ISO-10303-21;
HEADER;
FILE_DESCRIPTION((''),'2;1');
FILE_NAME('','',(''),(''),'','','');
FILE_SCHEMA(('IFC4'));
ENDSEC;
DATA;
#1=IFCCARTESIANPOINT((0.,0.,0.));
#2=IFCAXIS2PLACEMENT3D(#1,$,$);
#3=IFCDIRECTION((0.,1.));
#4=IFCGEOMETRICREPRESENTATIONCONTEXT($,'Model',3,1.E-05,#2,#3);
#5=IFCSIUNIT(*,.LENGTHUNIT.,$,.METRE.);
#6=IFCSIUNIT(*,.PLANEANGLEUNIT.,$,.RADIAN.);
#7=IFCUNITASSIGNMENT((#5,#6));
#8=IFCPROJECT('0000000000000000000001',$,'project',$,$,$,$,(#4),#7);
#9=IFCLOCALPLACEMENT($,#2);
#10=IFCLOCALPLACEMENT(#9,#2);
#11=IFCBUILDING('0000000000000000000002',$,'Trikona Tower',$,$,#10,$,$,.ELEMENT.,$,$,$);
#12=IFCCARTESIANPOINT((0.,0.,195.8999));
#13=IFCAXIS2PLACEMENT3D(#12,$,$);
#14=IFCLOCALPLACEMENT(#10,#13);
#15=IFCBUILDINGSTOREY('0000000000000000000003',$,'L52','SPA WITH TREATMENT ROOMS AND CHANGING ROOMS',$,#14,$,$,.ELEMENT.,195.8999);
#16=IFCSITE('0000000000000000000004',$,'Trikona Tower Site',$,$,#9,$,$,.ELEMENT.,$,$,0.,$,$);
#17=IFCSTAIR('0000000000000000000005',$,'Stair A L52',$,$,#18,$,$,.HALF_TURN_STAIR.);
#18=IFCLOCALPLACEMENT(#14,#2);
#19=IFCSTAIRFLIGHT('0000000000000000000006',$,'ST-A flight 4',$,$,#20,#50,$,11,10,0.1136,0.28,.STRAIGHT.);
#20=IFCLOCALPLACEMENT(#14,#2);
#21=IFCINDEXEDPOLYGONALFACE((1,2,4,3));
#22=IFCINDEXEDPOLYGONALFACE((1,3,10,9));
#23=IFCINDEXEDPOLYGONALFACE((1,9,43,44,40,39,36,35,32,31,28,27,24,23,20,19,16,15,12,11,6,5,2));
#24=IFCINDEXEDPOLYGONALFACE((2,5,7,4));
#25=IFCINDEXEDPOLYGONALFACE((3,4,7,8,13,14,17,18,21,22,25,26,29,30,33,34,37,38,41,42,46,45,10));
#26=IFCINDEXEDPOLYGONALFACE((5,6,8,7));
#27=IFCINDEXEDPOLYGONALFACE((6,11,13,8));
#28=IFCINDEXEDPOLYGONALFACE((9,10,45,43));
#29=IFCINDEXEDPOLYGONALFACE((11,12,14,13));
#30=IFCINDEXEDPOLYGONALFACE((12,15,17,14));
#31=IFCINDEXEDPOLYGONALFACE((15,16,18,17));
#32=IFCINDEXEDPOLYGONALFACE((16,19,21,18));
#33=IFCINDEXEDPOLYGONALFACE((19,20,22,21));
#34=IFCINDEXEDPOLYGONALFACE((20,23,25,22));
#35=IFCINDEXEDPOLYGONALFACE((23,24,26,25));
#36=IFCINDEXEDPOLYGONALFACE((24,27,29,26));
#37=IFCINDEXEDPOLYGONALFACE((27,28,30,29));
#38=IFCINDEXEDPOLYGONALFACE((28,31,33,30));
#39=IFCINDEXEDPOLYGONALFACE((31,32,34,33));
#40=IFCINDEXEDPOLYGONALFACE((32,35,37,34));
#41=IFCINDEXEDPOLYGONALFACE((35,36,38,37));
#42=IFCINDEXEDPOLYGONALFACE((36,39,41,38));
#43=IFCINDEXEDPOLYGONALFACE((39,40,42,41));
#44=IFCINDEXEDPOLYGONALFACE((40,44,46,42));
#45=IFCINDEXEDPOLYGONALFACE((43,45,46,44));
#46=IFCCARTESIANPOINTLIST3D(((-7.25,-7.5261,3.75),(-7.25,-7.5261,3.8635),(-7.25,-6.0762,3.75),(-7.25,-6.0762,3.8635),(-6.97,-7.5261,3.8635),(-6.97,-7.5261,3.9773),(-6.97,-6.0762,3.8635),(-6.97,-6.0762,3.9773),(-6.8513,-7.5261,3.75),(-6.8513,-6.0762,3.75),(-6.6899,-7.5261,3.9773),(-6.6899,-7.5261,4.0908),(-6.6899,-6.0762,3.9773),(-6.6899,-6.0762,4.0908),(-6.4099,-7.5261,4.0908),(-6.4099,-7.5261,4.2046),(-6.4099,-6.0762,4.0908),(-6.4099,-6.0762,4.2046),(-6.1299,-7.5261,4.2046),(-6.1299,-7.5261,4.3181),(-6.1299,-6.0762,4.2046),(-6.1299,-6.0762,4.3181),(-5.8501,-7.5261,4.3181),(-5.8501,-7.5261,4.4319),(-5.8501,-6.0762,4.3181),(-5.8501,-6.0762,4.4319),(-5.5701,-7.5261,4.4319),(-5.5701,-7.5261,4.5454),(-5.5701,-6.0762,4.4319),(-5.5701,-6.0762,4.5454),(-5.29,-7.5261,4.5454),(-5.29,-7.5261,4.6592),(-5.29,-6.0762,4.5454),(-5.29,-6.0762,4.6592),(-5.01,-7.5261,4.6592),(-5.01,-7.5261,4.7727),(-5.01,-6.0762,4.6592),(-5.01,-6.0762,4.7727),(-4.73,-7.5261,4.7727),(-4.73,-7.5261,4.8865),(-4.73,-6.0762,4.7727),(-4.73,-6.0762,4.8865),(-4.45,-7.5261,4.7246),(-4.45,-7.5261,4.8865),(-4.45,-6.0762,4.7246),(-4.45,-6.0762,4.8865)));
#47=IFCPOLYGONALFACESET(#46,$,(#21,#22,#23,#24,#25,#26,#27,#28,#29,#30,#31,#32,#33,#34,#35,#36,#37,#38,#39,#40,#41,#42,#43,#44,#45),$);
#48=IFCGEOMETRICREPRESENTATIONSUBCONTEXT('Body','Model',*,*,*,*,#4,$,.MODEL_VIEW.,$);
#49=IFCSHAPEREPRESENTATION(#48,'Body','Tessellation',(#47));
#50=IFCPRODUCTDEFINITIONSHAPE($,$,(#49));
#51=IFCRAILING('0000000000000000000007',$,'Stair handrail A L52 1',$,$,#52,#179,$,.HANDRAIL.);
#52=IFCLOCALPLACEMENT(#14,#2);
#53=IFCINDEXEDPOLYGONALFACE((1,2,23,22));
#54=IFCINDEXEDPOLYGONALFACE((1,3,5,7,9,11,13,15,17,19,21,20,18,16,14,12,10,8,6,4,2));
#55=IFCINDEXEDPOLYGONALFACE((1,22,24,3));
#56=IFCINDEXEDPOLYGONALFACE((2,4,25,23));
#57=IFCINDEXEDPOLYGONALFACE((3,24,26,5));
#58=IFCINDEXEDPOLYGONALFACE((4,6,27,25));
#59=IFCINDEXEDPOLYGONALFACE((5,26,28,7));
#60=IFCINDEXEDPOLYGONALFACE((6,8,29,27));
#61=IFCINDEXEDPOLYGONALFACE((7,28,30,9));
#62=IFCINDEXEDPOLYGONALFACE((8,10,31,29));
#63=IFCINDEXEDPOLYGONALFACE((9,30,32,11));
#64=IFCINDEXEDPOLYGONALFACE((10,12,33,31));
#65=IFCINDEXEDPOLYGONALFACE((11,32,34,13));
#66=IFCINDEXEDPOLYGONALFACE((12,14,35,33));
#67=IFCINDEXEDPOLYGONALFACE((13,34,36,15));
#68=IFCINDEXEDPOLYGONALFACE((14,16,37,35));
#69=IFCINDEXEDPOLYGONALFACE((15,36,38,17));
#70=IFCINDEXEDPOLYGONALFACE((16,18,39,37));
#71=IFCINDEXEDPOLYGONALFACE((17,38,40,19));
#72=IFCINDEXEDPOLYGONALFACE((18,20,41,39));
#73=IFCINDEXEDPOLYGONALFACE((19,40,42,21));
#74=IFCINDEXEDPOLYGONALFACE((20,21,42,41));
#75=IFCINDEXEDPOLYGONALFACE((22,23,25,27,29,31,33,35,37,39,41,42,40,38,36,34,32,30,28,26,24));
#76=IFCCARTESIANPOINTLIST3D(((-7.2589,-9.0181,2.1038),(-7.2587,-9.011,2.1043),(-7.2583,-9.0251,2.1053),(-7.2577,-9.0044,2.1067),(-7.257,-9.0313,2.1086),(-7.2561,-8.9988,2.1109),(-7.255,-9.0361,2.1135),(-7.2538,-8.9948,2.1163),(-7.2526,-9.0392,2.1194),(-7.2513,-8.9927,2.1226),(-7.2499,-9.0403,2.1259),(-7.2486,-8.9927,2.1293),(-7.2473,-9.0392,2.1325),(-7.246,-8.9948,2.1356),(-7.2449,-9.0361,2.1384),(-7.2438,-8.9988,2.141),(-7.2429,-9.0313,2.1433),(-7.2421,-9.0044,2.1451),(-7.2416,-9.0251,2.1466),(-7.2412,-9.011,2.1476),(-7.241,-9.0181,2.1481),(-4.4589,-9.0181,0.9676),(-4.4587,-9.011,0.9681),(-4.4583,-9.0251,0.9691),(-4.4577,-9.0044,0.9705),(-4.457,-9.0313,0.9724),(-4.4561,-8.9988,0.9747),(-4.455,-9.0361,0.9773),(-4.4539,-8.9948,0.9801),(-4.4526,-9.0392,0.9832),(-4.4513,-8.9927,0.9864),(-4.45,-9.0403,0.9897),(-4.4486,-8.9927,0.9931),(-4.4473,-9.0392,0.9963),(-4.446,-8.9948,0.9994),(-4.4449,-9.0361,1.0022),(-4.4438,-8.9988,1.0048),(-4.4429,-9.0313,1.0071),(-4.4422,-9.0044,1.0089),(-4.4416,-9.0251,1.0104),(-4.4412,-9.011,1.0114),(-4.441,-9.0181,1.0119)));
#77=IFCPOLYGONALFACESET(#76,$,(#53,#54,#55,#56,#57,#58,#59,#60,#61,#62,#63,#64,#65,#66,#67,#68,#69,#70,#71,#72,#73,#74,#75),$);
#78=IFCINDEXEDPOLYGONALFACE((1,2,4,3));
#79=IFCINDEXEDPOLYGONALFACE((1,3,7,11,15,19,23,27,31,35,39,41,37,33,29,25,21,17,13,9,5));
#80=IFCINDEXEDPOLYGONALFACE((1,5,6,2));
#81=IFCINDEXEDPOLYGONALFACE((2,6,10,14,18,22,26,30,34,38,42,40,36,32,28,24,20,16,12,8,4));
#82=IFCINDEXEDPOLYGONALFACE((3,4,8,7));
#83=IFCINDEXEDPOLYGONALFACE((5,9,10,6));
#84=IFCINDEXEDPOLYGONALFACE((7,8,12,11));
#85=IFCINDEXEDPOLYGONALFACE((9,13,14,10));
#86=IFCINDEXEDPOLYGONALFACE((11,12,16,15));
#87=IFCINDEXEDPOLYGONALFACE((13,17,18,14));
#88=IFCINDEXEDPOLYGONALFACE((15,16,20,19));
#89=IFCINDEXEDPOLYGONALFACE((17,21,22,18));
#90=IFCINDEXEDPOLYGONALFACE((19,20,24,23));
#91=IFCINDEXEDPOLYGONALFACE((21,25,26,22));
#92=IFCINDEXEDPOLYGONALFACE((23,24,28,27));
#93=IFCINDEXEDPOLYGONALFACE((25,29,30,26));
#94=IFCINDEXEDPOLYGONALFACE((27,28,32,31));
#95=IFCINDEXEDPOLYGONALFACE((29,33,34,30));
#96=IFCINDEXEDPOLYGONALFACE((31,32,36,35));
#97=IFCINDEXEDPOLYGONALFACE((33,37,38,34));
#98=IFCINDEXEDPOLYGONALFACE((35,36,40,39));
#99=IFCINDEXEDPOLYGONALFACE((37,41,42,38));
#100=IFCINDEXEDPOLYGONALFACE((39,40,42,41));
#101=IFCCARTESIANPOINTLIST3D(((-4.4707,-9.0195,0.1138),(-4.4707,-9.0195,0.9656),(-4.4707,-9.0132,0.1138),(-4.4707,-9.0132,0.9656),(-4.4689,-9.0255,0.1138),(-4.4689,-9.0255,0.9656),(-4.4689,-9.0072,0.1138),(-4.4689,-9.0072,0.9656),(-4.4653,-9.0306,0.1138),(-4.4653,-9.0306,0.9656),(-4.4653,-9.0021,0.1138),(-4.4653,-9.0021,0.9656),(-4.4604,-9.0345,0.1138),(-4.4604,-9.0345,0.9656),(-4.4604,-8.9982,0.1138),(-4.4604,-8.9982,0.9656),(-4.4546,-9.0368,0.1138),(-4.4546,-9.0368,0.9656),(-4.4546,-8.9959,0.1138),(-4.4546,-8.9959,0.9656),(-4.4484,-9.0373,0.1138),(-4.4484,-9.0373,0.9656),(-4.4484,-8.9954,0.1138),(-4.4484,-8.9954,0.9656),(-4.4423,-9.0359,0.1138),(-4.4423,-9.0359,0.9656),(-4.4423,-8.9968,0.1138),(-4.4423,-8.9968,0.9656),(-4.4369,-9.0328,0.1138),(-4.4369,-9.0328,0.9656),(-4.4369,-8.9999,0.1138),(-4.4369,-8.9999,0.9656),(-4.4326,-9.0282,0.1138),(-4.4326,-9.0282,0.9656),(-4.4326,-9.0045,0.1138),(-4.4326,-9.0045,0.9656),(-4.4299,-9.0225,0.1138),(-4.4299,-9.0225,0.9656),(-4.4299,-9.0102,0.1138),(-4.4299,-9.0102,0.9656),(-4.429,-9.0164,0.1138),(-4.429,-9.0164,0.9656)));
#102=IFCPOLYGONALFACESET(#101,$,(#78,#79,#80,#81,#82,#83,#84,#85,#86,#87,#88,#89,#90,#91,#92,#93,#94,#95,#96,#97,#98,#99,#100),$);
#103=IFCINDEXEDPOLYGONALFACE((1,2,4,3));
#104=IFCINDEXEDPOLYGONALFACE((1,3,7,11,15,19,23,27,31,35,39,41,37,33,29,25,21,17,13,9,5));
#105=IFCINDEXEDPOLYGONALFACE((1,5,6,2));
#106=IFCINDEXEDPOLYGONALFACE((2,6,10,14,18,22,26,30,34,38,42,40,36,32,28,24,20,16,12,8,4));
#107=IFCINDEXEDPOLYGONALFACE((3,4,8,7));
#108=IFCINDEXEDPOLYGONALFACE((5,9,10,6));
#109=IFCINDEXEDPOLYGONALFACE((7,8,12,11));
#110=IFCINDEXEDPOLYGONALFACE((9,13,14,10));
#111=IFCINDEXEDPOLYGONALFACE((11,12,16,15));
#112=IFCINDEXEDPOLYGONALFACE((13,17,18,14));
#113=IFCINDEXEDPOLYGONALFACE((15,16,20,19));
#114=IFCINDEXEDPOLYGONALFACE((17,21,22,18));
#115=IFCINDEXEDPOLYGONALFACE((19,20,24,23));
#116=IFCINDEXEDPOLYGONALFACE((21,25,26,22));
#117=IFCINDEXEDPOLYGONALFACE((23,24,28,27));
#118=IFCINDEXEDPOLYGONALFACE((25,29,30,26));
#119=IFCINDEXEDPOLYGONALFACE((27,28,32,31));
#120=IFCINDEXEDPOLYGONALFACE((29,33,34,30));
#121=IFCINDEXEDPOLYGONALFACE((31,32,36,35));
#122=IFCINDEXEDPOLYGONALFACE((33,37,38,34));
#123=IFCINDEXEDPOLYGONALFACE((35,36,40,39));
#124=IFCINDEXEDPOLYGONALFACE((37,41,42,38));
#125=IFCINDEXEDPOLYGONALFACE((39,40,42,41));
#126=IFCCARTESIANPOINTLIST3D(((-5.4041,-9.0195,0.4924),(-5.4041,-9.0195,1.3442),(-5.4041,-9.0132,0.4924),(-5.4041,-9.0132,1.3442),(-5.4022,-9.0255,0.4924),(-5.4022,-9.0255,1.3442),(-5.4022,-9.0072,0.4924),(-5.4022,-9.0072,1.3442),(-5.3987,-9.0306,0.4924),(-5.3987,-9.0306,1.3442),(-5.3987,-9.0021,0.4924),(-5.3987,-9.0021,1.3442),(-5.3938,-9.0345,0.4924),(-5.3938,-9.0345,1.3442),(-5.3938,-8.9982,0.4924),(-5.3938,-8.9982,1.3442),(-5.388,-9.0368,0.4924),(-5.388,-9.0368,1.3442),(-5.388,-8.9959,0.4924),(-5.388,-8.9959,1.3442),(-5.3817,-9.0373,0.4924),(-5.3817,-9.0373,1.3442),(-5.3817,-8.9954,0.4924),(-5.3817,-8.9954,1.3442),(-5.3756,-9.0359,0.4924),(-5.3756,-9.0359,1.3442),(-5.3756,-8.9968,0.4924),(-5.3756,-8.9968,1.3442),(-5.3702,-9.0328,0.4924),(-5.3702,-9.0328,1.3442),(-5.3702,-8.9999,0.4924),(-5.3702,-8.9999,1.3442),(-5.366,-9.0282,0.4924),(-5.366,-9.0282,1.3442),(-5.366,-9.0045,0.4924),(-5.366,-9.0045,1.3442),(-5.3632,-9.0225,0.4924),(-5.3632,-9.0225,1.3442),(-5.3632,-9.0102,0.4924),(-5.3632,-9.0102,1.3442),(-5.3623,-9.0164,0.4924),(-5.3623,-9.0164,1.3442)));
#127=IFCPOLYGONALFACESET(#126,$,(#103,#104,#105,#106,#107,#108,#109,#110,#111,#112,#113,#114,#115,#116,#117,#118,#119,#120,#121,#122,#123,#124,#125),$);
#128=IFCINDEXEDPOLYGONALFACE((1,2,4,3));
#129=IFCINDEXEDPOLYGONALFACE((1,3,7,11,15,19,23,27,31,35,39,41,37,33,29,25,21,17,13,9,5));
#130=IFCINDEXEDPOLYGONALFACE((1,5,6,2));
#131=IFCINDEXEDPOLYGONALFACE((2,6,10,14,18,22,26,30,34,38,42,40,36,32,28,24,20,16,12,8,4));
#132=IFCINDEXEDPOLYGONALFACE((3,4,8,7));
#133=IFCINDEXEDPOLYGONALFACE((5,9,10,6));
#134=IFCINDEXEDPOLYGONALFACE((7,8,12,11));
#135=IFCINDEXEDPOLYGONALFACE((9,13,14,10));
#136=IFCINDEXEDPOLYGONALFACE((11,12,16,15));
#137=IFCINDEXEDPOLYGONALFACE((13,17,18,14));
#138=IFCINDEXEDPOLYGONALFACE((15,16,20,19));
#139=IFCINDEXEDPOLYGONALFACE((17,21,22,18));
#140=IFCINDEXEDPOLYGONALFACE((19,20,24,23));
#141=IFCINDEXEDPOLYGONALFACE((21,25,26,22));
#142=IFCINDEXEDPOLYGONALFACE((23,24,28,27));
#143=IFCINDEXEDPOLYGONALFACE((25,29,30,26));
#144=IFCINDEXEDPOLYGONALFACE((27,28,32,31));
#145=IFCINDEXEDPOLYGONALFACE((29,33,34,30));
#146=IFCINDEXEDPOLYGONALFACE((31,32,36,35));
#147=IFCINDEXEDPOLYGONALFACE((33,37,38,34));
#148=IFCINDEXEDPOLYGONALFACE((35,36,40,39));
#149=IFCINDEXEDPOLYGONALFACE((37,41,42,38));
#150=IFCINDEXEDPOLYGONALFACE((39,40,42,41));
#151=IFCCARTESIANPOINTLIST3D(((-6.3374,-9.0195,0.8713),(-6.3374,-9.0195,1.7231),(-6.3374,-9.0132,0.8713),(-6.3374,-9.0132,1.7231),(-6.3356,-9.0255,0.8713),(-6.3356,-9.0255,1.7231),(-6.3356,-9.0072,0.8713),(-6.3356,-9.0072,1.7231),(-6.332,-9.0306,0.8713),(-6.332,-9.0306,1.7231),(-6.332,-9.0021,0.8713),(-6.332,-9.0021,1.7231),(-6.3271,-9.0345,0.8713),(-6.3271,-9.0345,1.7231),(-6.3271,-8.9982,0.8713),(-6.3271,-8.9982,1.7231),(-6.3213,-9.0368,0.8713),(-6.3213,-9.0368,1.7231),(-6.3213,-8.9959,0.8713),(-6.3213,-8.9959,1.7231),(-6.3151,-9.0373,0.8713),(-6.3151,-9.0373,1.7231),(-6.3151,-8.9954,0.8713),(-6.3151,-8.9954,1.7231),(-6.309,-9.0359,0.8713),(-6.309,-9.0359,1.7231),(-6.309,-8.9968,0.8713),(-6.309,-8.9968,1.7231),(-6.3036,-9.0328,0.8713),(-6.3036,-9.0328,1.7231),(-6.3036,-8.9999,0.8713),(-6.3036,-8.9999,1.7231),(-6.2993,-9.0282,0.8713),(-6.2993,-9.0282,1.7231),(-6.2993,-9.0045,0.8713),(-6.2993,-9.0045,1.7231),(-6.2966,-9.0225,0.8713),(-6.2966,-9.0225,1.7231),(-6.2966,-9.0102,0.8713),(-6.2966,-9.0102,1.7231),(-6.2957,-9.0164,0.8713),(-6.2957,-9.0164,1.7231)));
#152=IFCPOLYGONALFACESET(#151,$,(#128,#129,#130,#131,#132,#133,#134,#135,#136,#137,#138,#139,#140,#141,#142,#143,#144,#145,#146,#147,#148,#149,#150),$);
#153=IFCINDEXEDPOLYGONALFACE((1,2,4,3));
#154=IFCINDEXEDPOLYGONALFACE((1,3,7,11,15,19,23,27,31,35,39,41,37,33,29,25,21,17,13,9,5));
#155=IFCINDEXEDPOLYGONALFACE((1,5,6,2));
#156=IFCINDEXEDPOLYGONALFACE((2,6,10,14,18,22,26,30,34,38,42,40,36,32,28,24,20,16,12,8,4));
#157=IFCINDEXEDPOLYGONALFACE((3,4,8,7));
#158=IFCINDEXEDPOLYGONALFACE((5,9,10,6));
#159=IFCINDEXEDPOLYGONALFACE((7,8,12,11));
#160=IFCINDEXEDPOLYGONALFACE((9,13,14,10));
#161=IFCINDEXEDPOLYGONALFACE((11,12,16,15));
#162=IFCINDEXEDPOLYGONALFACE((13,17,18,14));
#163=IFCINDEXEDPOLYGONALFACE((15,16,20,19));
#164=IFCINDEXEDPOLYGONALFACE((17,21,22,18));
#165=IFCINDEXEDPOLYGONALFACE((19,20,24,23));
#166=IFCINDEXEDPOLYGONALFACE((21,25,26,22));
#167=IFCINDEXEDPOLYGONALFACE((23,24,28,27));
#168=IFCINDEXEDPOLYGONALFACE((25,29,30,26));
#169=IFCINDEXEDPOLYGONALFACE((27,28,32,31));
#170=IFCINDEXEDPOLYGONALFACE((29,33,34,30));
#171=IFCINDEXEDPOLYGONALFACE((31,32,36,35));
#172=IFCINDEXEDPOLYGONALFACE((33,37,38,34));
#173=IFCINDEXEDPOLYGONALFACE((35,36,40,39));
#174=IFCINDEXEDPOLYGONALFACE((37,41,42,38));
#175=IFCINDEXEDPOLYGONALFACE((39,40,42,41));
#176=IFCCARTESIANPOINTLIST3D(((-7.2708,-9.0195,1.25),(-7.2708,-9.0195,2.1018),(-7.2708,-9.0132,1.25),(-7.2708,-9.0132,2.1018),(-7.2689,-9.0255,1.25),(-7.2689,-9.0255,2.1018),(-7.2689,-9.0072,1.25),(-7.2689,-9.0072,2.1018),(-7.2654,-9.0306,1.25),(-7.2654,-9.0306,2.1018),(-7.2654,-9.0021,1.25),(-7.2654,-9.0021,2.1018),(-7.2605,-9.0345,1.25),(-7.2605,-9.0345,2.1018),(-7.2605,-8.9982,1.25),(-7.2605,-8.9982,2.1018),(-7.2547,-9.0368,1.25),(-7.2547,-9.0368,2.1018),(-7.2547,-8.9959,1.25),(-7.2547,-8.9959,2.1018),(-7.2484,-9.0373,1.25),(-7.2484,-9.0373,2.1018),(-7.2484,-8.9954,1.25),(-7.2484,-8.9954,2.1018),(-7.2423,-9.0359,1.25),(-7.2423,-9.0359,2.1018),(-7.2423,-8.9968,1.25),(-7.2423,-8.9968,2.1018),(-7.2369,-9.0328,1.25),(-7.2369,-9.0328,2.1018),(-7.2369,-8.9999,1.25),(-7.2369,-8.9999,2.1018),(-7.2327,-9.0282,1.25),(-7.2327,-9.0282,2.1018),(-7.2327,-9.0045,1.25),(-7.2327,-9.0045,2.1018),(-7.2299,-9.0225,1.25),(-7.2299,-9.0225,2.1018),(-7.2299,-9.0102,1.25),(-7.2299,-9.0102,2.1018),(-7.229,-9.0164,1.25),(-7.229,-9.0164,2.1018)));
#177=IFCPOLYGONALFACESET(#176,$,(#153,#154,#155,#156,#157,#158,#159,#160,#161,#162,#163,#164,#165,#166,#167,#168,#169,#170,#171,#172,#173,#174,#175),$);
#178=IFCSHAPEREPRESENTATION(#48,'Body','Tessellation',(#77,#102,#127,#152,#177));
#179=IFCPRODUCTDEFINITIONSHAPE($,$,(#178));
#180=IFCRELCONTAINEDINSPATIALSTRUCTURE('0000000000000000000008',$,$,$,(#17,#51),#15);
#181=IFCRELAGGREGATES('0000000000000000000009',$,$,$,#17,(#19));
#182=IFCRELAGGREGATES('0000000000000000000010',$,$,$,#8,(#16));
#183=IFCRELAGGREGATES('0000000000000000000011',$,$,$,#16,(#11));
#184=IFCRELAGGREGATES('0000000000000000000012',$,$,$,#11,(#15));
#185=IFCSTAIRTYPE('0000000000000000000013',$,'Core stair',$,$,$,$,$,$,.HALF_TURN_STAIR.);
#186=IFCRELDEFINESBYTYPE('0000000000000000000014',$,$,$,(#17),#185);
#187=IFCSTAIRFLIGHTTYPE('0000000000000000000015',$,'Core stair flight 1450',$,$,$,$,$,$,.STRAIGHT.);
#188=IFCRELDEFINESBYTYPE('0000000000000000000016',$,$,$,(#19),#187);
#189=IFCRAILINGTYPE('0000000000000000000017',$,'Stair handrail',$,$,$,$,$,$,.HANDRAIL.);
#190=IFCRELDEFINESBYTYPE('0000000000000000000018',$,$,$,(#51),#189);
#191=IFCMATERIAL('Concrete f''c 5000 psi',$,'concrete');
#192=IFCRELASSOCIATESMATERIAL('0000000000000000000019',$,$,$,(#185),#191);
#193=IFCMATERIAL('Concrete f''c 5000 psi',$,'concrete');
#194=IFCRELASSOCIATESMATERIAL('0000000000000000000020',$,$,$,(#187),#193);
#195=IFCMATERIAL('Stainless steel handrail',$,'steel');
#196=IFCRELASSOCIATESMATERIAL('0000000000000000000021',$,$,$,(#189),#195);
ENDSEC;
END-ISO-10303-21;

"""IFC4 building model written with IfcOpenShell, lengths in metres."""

from ifc_helpers import new_model, si_unit, direction, frame, origin, origin_2d, place, context, subcontext, project, spatial, polyline, circle, outline, extrude, material, type_object, element, aggregate, save


model = new_model("IFC4")

# Units and contexts
model_context = context("Model", 3, precision=1e-05, world=origin(), true_north=direction((0.0, 1.0)))
body_context = subcontext(model_context, "Body", "Model", "MODEL_VIEW")
ifc_project = project(units=[si_unit("LENGTHUNIT", "METRE"), si_unit("PLANEANGLEUNIT", "RADIAN")], contexts=[model_context])

# Site, building, storey
site_placement = place(None, origin())
site = spatial("IfcSite", under=ifc_project, at=site_placement, Name="Trikona Tower Site", CompositionType="ELEMENT", RefElevation=0.0)
building_placement = place(site_placement, origin())
building = spatial("IfcBuilding", under=site, at=building_placement, Name="Trikona Tower", CompositionType="ELEMENT")
storey_placement = place(building_placement, frame((0.0, 0.0, 195.8999)))
storey = spatial("IfcBuildingStorey", under=building, at=storey_placement, Name="L52", Description="SPA WITH TREATMENT ROOMS AND CHANGING ROOMS", CompositionType="ELEMENT", Elevation=195.8999)

# Stair, stair flight
ifc_material_1 = material(Name="Concrete f'c 5000 psi", Category="concrete")
stair_type = type_object("IfcStairType", Name="Core stair", PredefinedType="HALF_TURN_STAIR", material=ifc_material_1)
stair_placement = place(storey_placement, origin())
stair = element("IfcStair", 1, at=stair_placement, inside=storey, type_object=stair_type, Name="Stair A L52", PredefinedType="HALF_TURN_STAIR")
ifc_material_2 = material(Name="Concrete f'c 5000 psi", Category="concrete")
stair_flight_type = type_object("IfcStairFlightType", Name="Core stair flight 1450", PredefinedType="STRAIGHT", material=ifc_material_2)
stair_flight_1_placement = place(storey_placement, frame((-7.25, -6.8013, 3.75), z_axis=(0.0, 0.0, 1.0), x_axis=(1.0, 0.0, 0.0)))
stair_flight_1 = element("IfcStairFlight", 2, at=stair_flight_1_placement, type_object=stair_flight_type, Name="ST-A flight 4", NumberOfRisers=11, NumberOfTreads=10, PredefinedType="STRAIGHT", RiserHeight=0.1136, TreadLength=0.28, context=body_context, shape_type="SweptSolid", body=[
    extrude(outline(polyline([(0.0, 0.0), (0.0, 0.1135), (0.28, 0.1135), (0.28, 0.2273), (0.5601, 0.2273), (0.5601, 0.3408), (0.8401, 0.3408), (0.8401, 0.4546), (1.1201, 0.4546), (1.1201, 0.5681), (1.3999, 0.5681), (1.3999, 0.6819), (1.6799, 0.6819), (1.6799, 0.7954), (1.96, 0.7954), (1.96, 0.9092), (2.24, 0.9092), (2.24, 1.0227), (2.52, 1.0227), (2.52, 1.1365), (2.8, 1.1365), (2.8, 1.25), (2.8, 0.9746), (0.3987, 0.0), (0.0, 0.0)])), frame((0.0, 0.7251, 0.0), z_axis=(0.0, -1.0, 0.0), x_axis=(1.0, 0.0, 0.0)), (0.0, 0.0, 1.0), 1.45),
])
aggregate(stair, [stair_flight_1])

# Railing
ifc_material_3 = material(Name="Stainless steel handrail", Category="steel")
railing_type = type_object("IfcRailingType", Name="Stair handrail", PredefinedType="HANDRAIL", material=ifc_material_3)
railing_1_placement = place(storey_placement, frame((-4.45, -9.0164, 0.1138)))
element("IfcRailing", 3, at=railing_1_placement, inside=storey, type_object=railing_type, Name="Stair handrail A L52 1", PredefinedType="HANDRAIL", context=body_context, shape_type="SweptSolid", body=[
    extrude(circle(Radius=0.0239, at=origin_2d()), frame((0.0, 0.0, 0.876), z_axis=(-0.926615, 0.0, 0.376011), x_axis=(0.0, -1.0, 0.0)), (0.0, 0.0, 1.0), 3.0217),
    extrude(circle(Radius=0.021, at=origin_2d()), origin(), (0.0, 0.0, 1.0), 0.8518),
    extrude(circle(Radius=0.021, at=origin_2d()), frame((-0.9333, 0.0, 0.3787)), (0.0, 0.0, 1.0), 0.8518),
    extrude(circle(Radius=0.021, at=origin_2d()), frame((-1.8667, 0.0, 0.7576)), (0.0, 0.0, 1.0), 0.8518),
    extrude(circle(Radius=0.021, at=origin_2d()), frame((-2.8, 0.0, 1.1362)), (0.0, 0.0, 1.0), 0.8518),
])

save(model, "model.ifc")
